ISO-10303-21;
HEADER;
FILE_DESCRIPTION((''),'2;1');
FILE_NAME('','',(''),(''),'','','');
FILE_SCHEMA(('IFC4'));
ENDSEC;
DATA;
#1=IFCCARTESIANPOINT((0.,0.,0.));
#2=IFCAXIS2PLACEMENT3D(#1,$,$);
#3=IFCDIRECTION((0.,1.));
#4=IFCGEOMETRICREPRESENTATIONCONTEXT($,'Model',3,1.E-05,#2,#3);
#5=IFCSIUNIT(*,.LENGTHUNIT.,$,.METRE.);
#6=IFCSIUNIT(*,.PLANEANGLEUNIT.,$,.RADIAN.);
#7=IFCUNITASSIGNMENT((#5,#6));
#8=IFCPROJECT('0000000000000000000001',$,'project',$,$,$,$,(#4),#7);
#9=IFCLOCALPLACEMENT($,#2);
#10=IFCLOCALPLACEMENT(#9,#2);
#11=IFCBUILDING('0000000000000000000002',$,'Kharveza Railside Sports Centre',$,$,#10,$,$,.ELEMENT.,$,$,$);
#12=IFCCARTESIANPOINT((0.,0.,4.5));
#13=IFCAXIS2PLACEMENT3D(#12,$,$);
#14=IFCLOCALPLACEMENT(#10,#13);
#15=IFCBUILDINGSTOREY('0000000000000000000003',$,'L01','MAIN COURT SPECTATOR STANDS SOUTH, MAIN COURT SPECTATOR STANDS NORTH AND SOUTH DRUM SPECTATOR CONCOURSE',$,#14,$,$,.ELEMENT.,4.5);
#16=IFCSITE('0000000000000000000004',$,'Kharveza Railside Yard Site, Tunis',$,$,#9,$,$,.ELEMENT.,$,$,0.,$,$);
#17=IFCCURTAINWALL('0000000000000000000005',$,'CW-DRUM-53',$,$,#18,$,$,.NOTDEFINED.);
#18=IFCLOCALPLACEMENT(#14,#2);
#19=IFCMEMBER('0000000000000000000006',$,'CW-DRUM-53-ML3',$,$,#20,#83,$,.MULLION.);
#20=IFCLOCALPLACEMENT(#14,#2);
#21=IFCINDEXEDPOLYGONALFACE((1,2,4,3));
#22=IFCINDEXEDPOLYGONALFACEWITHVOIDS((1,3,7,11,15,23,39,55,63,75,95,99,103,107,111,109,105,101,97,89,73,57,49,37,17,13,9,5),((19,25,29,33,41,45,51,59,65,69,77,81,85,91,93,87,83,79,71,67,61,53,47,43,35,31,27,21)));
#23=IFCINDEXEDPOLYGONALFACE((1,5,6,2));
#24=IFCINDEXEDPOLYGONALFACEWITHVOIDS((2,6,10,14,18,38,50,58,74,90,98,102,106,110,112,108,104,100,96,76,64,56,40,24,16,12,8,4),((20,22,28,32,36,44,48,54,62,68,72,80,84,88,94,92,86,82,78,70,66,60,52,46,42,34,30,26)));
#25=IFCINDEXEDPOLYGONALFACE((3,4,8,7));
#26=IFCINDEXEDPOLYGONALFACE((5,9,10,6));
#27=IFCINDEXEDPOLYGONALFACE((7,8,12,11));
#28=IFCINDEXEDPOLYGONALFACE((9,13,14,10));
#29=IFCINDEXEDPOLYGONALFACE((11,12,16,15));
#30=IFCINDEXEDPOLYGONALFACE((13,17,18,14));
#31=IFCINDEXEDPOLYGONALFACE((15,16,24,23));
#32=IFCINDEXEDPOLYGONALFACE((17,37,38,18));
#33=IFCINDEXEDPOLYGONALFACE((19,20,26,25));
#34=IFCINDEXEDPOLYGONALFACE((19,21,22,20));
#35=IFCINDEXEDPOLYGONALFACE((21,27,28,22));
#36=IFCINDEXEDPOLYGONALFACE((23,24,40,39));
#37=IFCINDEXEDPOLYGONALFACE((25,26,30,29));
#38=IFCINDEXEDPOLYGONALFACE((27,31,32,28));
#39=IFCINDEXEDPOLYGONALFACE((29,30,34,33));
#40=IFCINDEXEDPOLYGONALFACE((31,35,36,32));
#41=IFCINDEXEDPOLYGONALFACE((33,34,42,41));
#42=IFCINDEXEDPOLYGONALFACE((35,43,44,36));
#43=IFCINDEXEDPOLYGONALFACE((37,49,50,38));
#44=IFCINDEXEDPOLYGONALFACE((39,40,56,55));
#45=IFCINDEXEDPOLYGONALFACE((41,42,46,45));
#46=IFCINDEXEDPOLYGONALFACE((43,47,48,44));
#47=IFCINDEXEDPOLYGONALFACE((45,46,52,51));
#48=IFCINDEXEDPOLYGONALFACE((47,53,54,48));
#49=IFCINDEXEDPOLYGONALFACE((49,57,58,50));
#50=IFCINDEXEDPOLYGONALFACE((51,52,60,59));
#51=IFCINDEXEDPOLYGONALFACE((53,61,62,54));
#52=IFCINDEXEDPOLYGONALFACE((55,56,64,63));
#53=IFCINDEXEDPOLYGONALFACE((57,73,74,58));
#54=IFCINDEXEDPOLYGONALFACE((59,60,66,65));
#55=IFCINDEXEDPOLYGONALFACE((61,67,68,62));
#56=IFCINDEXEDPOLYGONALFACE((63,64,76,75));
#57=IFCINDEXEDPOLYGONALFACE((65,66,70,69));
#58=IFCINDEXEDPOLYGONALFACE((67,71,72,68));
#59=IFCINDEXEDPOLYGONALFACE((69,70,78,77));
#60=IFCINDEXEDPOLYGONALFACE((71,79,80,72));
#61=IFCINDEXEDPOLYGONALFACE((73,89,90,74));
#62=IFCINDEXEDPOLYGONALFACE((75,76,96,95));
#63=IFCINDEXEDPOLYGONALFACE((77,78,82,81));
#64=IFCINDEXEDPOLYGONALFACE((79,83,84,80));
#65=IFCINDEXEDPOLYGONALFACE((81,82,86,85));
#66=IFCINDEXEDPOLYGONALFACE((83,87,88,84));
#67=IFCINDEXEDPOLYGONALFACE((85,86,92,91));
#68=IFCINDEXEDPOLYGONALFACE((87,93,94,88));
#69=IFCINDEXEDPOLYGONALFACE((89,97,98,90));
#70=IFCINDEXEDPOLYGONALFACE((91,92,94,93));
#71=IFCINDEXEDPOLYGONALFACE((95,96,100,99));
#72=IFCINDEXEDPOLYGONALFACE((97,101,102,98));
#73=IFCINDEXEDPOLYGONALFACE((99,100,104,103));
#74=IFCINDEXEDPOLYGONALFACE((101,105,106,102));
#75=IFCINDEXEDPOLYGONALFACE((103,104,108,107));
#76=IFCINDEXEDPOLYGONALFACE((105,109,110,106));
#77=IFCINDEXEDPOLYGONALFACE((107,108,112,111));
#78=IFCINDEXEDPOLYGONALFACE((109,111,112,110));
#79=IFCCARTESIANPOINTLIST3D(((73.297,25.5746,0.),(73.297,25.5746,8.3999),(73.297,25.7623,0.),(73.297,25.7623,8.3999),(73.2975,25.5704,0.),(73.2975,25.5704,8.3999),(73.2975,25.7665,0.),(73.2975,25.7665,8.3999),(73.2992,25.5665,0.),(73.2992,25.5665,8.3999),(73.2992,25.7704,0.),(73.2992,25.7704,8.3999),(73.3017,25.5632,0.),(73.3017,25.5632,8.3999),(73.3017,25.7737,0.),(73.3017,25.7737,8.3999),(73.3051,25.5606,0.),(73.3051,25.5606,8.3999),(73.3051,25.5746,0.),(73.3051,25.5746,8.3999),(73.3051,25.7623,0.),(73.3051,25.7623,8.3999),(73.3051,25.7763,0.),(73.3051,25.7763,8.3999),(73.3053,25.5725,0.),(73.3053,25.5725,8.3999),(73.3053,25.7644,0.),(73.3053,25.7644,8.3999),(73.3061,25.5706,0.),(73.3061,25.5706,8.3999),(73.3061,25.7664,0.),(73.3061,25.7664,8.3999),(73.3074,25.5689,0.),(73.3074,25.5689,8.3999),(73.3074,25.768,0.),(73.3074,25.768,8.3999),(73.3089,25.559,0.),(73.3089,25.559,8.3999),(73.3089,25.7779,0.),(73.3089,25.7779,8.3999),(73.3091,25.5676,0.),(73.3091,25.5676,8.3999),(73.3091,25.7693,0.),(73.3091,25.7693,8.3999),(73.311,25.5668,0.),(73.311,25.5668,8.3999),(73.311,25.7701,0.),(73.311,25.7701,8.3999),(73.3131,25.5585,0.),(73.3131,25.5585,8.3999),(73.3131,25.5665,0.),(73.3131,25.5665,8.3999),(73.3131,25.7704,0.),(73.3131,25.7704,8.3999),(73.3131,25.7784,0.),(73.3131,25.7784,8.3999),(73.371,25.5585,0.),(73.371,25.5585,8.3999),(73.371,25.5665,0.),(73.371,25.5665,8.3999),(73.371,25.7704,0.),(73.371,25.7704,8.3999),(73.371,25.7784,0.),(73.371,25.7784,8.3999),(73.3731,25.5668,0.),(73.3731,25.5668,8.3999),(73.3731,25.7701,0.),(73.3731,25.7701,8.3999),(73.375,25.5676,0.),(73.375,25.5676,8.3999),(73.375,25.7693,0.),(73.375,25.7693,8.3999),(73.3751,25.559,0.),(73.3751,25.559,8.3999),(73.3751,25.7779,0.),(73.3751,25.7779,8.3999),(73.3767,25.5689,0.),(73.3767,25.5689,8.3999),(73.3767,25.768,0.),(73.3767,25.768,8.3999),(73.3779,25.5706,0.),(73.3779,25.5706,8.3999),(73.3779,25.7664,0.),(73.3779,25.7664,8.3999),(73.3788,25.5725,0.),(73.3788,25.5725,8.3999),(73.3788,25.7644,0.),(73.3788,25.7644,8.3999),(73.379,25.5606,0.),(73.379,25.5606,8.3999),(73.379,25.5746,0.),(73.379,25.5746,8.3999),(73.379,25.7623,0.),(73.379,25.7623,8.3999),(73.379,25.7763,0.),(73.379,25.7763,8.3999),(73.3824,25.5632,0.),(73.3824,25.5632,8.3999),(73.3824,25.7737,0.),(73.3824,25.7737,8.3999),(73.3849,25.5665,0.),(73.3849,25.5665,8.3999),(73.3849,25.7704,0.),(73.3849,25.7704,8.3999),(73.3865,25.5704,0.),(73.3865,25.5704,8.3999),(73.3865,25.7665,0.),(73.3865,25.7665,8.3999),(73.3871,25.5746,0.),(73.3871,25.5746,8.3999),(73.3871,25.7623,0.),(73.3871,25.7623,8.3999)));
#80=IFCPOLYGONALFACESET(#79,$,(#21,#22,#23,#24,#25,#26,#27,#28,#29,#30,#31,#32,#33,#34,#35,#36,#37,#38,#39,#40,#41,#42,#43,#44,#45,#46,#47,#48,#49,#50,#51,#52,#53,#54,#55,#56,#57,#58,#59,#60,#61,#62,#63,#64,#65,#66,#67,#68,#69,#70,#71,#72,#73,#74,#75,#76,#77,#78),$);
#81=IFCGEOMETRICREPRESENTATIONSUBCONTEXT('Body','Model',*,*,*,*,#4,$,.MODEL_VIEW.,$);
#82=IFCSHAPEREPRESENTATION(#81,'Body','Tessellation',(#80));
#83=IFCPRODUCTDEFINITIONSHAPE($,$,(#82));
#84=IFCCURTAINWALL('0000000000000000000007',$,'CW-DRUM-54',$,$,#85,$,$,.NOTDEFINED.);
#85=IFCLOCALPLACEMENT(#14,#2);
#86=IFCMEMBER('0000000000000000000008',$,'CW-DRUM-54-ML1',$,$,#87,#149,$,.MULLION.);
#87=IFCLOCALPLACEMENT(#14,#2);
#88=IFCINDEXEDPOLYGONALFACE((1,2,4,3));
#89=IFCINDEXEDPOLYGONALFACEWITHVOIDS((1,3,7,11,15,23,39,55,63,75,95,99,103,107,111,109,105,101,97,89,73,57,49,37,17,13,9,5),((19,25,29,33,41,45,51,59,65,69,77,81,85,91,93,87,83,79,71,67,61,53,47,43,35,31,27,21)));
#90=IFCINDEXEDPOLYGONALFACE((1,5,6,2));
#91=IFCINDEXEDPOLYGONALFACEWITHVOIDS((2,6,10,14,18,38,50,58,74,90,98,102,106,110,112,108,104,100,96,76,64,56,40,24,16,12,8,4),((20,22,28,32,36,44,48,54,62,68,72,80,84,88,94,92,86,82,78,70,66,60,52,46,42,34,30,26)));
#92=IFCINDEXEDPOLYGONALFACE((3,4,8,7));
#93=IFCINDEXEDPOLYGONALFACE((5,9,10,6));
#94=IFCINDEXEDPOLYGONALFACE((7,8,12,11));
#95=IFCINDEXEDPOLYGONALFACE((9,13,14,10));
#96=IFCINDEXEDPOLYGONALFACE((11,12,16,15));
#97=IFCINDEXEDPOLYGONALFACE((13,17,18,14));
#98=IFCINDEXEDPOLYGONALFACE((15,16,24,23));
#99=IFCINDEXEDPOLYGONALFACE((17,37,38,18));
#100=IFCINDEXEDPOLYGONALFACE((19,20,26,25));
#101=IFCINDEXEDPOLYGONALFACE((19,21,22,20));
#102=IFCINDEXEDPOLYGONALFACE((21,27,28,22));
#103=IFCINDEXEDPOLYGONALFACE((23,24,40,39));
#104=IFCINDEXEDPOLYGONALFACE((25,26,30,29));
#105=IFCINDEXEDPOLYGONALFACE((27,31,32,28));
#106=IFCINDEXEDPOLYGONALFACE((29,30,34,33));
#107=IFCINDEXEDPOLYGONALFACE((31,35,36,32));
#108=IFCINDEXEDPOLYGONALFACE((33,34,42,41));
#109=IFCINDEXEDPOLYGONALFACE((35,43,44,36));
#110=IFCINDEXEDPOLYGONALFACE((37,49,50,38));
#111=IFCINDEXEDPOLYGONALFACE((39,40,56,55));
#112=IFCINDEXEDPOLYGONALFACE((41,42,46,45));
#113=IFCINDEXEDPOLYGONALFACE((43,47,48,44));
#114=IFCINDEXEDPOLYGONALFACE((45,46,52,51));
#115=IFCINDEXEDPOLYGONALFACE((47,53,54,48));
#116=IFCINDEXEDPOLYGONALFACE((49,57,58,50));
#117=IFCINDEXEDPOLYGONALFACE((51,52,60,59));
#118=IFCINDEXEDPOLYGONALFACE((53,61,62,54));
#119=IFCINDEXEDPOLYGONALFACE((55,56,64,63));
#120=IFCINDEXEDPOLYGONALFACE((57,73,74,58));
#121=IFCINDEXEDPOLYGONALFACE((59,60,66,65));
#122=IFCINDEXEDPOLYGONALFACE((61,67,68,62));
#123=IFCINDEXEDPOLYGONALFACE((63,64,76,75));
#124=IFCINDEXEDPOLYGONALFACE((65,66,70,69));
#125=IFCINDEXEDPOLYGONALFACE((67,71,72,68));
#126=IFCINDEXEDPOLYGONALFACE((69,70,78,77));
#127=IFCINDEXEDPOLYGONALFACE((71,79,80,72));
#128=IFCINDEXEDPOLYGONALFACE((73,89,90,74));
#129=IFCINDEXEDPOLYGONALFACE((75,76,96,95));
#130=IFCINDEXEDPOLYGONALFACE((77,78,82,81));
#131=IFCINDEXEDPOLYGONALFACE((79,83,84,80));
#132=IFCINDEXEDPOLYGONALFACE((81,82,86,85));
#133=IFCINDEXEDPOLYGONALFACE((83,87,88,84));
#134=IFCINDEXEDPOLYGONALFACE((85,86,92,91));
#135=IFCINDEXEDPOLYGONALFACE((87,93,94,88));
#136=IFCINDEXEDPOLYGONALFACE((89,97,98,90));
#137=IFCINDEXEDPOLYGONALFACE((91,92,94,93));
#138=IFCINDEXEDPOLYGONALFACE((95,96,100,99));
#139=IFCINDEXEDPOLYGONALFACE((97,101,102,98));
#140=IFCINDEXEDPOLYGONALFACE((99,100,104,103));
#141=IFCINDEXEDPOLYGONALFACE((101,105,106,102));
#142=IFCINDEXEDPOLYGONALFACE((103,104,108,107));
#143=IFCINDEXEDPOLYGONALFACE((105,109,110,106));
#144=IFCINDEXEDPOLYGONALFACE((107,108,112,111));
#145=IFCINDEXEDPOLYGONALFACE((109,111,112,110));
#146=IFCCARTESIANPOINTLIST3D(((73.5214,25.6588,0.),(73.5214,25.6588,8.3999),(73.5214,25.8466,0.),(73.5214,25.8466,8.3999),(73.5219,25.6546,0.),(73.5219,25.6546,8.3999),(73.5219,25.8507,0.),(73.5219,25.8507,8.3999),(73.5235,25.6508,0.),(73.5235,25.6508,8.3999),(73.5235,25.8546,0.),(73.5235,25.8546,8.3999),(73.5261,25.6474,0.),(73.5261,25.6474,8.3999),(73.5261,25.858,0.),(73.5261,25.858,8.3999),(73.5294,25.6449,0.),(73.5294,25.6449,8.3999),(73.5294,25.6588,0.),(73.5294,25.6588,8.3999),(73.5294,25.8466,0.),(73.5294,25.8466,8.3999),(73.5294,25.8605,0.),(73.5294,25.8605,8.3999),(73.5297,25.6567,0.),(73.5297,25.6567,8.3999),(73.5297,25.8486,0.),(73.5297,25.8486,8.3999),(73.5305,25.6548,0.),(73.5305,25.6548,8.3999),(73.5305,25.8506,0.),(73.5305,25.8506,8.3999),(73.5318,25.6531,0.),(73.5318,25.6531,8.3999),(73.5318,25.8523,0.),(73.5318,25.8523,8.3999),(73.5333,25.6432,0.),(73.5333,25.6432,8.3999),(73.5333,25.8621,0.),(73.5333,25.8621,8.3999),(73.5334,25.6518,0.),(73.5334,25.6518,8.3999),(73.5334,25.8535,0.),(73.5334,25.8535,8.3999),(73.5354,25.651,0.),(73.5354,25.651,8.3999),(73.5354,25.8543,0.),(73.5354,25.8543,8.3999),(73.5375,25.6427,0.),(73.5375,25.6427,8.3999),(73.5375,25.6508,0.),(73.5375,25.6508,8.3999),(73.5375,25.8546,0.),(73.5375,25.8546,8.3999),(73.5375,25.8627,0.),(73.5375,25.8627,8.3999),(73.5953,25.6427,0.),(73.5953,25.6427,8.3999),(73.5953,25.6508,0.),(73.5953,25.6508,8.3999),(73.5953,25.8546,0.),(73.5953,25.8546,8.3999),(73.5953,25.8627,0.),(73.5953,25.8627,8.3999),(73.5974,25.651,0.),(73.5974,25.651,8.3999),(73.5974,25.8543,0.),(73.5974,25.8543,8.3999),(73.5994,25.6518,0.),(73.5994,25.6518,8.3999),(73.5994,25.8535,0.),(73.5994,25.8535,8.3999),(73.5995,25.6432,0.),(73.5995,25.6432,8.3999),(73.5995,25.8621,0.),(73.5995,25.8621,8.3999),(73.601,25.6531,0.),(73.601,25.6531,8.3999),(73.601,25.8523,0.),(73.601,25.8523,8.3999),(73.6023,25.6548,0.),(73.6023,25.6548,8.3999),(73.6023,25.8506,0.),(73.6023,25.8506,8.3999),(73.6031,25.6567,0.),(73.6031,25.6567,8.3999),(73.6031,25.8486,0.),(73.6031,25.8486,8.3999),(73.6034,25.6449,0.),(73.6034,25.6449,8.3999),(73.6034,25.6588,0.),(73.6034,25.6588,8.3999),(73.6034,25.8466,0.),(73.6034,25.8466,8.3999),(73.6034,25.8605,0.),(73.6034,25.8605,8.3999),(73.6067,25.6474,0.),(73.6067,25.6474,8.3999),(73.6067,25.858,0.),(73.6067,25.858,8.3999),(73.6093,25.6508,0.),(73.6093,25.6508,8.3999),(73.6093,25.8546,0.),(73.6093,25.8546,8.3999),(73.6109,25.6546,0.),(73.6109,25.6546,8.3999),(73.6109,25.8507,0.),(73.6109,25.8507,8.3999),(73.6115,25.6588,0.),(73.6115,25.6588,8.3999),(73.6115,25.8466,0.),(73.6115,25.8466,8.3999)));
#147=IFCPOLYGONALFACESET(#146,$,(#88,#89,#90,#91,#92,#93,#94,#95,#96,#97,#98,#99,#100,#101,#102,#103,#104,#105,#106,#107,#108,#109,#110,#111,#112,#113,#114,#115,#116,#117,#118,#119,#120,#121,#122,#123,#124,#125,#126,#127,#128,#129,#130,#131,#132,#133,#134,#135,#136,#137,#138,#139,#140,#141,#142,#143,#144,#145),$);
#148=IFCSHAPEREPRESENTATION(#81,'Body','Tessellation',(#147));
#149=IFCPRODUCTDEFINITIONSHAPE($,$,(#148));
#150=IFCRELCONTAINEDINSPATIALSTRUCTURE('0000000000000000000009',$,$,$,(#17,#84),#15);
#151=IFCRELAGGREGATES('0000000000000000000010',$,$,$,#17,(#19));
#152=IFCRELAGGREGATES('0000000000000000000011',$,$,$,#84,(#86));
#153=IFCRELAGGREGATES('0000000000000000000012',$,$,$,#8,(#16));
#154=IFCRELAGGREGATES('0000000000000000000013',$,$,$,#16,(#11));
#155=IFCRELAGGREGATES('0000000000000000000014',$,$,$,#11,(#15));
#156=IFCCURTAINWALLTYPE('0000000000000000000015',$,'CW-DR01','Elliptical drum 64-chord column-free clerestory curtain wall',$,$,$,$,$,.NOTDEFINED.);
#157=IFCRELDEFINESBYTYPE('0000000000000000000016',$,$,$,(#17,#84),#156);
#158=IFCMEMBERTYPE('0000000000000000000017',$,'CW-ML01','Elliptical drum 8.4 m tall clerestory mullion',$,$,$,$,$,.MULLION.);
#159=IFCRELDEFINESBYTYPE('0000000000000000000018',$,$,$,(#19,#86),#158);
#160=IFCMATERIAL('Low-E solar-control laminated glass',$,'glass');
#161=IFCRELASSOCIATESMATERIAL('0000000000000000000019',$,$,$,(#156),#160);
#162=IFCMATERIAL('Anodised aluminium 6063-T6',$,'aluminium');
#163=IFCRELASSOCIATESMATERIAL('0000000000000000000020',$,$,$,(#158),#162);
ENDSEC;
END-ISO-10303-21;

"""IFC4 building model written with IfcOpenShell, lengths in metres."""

from ifc_helpers import new_model, si_unit, direction, frame, origin, origin_2d, place, context, subcontext, project, spatial, hollow_rectangle, extrude, material, material_profile, profile_set, type_object, element, aggregate, save


model = new_model("IFC4")

# Units and contexts
model_context = context("Model", 3, precision=1e-05, world=origin(), true_north=direction((0.0, 1.0)))
body_context = subcontext(model_context, "Body", "Model", "MODEL_VIEW")
ifc_project = project(units=[si_unit("LENGTHUNIT", "METRE"), si_unit("PLANEANGLEUNIT", "RADIAN")], contexts=[model_context])

# Site, building, storey
site_placement = place(None, origin())
site = spatial("IfcSite", under=ifc_project, at=site_placement, Name="Kharveza Railside Yard Site, Tunis", CompositionType="ELEMENT", RefElevation=0.0)
building_placement = place(site_placement, origin())
building = spatial("IfcBuilding", under=site, at=building_placement, Name="Kharveza Railside Sports Centre", CompositionType="ELEMENT")
storey_placement = place(building_placement, frame((0.0, 0.0, 4.5)))
storey = spatial("IfcBuildingStorey", under=building, at=storey_placement, Name="L01", Description="MAIN COURT SPECTATOR STANDS SOUTH, MAIN COURT SPECTATOR STANDS NORTH AND SOUTH DRUM SPECTATOR CONCOURSE", CompositionType="ELEMENT", Elevation=4.5)

# Curtain walls, members
ifc_material_1 = material(Name="Low-E solar-control laminated glass", Category="glass")
curtain_wall_type = type_object("IfcCurtainWallType", Name="CW-DR01", Description="Elliptical drum 64-chord column-free clerestory curtain wall", PredefinedType="NOTDEFINED", material=ifc_material_1)
curtain_wall_1_placement = place(storey_placement, origin())
curtain_wall_1 = element("IfcCurtainWall", 1, at=curtain_wall_1_placement, inside=storey, type_object=curtain_wall_type, Name="CW-DRUM-53", PredefinedType="NOTDEFINED")
ifc_material_2 = material(Name="Anodised aluminium 6063-T6", Category="aluminium")
ifc_material_profile_1 = material_profile(ifc_material_2, hollow_rectangle(XDim=0.0901, YDim=0.22, WallThickness=0.0081, InnerFilletRadius=0.0081, OuterFilletRadius=0.0161, at=origin_2d()), Name="RHS 90x220x8.0")
ifc_profile_set_1 = profile_set([ifc_material_profile_1], Name="Anodised aluminium 6063-T6")
member_type_1 = type_object("IfcMemberType", Name="CW-ML01", Description="Elliptical drum 8.4 m tall clerestory mullion", PredefinedType="MULLION", material=ifc_profile_set_1)
member_1_placement = place(storey_placement, frame((73.342, 25.6685, 0.0), z_axis=(0.0, 0.0, 1.0), x_axis=(1.0, 0.0, 0.0)))
member_1 = element("IfcMember", 2, at=member_1_placement, type_object=member_type_1, Name="CW-DRUM-53-ML3", PredefinedType="MULLION", context=body_context, shape_type="SweptSolid", body=[
    extrude(hollow_rectangle(XDim=0.0901, YDim=0.22, WallThickness=0.0081, InnerFilletRadius=0.0081, OuterFilletRadius=0.0161, at=origin_2d()), origin(), (0.0, 0.0, 1.0), 8.3999),
])
curtain_wall_2_placement = place(storey_placement, origin())
curtain_wall_2 = element("IfcCurtainWall", 3, at=curtain_wall_2_placement, inside=storey, type_object=curtain_wall_type, Name="CW-DRUM-54", PredefinedType="NOTDEFINED")
member_2_placement = place(storey_placement, frame((73.5664, 25.7527, 0.0), z_axis=(0.0, 0.0, 1.0), x_axis=(1.0, 0.0, 0.0)))
member_2 = element("IfcMember", 4, at=member_2_placement, type_object=member_type_1, Name="CW-DRUM-54-ML1", PredefinedType="MULLION", context=body_context, shape_type="SweptSolid", body=[
    extrude(hollow_rectangle(XDim=0.0901, YDim=0.22, WallThickness=0.0081, InnerFilletRadius=0.0081, OuterFilletRadius=0.0161, at=origin_2d()), origin(), (0.0, 0.0, 1.0), 8.3999),
])

aggregate(curtain_wall_1, [member_1])
aggregate(curtain_wall_2, [member_2])

save(model, "model.ifc")
